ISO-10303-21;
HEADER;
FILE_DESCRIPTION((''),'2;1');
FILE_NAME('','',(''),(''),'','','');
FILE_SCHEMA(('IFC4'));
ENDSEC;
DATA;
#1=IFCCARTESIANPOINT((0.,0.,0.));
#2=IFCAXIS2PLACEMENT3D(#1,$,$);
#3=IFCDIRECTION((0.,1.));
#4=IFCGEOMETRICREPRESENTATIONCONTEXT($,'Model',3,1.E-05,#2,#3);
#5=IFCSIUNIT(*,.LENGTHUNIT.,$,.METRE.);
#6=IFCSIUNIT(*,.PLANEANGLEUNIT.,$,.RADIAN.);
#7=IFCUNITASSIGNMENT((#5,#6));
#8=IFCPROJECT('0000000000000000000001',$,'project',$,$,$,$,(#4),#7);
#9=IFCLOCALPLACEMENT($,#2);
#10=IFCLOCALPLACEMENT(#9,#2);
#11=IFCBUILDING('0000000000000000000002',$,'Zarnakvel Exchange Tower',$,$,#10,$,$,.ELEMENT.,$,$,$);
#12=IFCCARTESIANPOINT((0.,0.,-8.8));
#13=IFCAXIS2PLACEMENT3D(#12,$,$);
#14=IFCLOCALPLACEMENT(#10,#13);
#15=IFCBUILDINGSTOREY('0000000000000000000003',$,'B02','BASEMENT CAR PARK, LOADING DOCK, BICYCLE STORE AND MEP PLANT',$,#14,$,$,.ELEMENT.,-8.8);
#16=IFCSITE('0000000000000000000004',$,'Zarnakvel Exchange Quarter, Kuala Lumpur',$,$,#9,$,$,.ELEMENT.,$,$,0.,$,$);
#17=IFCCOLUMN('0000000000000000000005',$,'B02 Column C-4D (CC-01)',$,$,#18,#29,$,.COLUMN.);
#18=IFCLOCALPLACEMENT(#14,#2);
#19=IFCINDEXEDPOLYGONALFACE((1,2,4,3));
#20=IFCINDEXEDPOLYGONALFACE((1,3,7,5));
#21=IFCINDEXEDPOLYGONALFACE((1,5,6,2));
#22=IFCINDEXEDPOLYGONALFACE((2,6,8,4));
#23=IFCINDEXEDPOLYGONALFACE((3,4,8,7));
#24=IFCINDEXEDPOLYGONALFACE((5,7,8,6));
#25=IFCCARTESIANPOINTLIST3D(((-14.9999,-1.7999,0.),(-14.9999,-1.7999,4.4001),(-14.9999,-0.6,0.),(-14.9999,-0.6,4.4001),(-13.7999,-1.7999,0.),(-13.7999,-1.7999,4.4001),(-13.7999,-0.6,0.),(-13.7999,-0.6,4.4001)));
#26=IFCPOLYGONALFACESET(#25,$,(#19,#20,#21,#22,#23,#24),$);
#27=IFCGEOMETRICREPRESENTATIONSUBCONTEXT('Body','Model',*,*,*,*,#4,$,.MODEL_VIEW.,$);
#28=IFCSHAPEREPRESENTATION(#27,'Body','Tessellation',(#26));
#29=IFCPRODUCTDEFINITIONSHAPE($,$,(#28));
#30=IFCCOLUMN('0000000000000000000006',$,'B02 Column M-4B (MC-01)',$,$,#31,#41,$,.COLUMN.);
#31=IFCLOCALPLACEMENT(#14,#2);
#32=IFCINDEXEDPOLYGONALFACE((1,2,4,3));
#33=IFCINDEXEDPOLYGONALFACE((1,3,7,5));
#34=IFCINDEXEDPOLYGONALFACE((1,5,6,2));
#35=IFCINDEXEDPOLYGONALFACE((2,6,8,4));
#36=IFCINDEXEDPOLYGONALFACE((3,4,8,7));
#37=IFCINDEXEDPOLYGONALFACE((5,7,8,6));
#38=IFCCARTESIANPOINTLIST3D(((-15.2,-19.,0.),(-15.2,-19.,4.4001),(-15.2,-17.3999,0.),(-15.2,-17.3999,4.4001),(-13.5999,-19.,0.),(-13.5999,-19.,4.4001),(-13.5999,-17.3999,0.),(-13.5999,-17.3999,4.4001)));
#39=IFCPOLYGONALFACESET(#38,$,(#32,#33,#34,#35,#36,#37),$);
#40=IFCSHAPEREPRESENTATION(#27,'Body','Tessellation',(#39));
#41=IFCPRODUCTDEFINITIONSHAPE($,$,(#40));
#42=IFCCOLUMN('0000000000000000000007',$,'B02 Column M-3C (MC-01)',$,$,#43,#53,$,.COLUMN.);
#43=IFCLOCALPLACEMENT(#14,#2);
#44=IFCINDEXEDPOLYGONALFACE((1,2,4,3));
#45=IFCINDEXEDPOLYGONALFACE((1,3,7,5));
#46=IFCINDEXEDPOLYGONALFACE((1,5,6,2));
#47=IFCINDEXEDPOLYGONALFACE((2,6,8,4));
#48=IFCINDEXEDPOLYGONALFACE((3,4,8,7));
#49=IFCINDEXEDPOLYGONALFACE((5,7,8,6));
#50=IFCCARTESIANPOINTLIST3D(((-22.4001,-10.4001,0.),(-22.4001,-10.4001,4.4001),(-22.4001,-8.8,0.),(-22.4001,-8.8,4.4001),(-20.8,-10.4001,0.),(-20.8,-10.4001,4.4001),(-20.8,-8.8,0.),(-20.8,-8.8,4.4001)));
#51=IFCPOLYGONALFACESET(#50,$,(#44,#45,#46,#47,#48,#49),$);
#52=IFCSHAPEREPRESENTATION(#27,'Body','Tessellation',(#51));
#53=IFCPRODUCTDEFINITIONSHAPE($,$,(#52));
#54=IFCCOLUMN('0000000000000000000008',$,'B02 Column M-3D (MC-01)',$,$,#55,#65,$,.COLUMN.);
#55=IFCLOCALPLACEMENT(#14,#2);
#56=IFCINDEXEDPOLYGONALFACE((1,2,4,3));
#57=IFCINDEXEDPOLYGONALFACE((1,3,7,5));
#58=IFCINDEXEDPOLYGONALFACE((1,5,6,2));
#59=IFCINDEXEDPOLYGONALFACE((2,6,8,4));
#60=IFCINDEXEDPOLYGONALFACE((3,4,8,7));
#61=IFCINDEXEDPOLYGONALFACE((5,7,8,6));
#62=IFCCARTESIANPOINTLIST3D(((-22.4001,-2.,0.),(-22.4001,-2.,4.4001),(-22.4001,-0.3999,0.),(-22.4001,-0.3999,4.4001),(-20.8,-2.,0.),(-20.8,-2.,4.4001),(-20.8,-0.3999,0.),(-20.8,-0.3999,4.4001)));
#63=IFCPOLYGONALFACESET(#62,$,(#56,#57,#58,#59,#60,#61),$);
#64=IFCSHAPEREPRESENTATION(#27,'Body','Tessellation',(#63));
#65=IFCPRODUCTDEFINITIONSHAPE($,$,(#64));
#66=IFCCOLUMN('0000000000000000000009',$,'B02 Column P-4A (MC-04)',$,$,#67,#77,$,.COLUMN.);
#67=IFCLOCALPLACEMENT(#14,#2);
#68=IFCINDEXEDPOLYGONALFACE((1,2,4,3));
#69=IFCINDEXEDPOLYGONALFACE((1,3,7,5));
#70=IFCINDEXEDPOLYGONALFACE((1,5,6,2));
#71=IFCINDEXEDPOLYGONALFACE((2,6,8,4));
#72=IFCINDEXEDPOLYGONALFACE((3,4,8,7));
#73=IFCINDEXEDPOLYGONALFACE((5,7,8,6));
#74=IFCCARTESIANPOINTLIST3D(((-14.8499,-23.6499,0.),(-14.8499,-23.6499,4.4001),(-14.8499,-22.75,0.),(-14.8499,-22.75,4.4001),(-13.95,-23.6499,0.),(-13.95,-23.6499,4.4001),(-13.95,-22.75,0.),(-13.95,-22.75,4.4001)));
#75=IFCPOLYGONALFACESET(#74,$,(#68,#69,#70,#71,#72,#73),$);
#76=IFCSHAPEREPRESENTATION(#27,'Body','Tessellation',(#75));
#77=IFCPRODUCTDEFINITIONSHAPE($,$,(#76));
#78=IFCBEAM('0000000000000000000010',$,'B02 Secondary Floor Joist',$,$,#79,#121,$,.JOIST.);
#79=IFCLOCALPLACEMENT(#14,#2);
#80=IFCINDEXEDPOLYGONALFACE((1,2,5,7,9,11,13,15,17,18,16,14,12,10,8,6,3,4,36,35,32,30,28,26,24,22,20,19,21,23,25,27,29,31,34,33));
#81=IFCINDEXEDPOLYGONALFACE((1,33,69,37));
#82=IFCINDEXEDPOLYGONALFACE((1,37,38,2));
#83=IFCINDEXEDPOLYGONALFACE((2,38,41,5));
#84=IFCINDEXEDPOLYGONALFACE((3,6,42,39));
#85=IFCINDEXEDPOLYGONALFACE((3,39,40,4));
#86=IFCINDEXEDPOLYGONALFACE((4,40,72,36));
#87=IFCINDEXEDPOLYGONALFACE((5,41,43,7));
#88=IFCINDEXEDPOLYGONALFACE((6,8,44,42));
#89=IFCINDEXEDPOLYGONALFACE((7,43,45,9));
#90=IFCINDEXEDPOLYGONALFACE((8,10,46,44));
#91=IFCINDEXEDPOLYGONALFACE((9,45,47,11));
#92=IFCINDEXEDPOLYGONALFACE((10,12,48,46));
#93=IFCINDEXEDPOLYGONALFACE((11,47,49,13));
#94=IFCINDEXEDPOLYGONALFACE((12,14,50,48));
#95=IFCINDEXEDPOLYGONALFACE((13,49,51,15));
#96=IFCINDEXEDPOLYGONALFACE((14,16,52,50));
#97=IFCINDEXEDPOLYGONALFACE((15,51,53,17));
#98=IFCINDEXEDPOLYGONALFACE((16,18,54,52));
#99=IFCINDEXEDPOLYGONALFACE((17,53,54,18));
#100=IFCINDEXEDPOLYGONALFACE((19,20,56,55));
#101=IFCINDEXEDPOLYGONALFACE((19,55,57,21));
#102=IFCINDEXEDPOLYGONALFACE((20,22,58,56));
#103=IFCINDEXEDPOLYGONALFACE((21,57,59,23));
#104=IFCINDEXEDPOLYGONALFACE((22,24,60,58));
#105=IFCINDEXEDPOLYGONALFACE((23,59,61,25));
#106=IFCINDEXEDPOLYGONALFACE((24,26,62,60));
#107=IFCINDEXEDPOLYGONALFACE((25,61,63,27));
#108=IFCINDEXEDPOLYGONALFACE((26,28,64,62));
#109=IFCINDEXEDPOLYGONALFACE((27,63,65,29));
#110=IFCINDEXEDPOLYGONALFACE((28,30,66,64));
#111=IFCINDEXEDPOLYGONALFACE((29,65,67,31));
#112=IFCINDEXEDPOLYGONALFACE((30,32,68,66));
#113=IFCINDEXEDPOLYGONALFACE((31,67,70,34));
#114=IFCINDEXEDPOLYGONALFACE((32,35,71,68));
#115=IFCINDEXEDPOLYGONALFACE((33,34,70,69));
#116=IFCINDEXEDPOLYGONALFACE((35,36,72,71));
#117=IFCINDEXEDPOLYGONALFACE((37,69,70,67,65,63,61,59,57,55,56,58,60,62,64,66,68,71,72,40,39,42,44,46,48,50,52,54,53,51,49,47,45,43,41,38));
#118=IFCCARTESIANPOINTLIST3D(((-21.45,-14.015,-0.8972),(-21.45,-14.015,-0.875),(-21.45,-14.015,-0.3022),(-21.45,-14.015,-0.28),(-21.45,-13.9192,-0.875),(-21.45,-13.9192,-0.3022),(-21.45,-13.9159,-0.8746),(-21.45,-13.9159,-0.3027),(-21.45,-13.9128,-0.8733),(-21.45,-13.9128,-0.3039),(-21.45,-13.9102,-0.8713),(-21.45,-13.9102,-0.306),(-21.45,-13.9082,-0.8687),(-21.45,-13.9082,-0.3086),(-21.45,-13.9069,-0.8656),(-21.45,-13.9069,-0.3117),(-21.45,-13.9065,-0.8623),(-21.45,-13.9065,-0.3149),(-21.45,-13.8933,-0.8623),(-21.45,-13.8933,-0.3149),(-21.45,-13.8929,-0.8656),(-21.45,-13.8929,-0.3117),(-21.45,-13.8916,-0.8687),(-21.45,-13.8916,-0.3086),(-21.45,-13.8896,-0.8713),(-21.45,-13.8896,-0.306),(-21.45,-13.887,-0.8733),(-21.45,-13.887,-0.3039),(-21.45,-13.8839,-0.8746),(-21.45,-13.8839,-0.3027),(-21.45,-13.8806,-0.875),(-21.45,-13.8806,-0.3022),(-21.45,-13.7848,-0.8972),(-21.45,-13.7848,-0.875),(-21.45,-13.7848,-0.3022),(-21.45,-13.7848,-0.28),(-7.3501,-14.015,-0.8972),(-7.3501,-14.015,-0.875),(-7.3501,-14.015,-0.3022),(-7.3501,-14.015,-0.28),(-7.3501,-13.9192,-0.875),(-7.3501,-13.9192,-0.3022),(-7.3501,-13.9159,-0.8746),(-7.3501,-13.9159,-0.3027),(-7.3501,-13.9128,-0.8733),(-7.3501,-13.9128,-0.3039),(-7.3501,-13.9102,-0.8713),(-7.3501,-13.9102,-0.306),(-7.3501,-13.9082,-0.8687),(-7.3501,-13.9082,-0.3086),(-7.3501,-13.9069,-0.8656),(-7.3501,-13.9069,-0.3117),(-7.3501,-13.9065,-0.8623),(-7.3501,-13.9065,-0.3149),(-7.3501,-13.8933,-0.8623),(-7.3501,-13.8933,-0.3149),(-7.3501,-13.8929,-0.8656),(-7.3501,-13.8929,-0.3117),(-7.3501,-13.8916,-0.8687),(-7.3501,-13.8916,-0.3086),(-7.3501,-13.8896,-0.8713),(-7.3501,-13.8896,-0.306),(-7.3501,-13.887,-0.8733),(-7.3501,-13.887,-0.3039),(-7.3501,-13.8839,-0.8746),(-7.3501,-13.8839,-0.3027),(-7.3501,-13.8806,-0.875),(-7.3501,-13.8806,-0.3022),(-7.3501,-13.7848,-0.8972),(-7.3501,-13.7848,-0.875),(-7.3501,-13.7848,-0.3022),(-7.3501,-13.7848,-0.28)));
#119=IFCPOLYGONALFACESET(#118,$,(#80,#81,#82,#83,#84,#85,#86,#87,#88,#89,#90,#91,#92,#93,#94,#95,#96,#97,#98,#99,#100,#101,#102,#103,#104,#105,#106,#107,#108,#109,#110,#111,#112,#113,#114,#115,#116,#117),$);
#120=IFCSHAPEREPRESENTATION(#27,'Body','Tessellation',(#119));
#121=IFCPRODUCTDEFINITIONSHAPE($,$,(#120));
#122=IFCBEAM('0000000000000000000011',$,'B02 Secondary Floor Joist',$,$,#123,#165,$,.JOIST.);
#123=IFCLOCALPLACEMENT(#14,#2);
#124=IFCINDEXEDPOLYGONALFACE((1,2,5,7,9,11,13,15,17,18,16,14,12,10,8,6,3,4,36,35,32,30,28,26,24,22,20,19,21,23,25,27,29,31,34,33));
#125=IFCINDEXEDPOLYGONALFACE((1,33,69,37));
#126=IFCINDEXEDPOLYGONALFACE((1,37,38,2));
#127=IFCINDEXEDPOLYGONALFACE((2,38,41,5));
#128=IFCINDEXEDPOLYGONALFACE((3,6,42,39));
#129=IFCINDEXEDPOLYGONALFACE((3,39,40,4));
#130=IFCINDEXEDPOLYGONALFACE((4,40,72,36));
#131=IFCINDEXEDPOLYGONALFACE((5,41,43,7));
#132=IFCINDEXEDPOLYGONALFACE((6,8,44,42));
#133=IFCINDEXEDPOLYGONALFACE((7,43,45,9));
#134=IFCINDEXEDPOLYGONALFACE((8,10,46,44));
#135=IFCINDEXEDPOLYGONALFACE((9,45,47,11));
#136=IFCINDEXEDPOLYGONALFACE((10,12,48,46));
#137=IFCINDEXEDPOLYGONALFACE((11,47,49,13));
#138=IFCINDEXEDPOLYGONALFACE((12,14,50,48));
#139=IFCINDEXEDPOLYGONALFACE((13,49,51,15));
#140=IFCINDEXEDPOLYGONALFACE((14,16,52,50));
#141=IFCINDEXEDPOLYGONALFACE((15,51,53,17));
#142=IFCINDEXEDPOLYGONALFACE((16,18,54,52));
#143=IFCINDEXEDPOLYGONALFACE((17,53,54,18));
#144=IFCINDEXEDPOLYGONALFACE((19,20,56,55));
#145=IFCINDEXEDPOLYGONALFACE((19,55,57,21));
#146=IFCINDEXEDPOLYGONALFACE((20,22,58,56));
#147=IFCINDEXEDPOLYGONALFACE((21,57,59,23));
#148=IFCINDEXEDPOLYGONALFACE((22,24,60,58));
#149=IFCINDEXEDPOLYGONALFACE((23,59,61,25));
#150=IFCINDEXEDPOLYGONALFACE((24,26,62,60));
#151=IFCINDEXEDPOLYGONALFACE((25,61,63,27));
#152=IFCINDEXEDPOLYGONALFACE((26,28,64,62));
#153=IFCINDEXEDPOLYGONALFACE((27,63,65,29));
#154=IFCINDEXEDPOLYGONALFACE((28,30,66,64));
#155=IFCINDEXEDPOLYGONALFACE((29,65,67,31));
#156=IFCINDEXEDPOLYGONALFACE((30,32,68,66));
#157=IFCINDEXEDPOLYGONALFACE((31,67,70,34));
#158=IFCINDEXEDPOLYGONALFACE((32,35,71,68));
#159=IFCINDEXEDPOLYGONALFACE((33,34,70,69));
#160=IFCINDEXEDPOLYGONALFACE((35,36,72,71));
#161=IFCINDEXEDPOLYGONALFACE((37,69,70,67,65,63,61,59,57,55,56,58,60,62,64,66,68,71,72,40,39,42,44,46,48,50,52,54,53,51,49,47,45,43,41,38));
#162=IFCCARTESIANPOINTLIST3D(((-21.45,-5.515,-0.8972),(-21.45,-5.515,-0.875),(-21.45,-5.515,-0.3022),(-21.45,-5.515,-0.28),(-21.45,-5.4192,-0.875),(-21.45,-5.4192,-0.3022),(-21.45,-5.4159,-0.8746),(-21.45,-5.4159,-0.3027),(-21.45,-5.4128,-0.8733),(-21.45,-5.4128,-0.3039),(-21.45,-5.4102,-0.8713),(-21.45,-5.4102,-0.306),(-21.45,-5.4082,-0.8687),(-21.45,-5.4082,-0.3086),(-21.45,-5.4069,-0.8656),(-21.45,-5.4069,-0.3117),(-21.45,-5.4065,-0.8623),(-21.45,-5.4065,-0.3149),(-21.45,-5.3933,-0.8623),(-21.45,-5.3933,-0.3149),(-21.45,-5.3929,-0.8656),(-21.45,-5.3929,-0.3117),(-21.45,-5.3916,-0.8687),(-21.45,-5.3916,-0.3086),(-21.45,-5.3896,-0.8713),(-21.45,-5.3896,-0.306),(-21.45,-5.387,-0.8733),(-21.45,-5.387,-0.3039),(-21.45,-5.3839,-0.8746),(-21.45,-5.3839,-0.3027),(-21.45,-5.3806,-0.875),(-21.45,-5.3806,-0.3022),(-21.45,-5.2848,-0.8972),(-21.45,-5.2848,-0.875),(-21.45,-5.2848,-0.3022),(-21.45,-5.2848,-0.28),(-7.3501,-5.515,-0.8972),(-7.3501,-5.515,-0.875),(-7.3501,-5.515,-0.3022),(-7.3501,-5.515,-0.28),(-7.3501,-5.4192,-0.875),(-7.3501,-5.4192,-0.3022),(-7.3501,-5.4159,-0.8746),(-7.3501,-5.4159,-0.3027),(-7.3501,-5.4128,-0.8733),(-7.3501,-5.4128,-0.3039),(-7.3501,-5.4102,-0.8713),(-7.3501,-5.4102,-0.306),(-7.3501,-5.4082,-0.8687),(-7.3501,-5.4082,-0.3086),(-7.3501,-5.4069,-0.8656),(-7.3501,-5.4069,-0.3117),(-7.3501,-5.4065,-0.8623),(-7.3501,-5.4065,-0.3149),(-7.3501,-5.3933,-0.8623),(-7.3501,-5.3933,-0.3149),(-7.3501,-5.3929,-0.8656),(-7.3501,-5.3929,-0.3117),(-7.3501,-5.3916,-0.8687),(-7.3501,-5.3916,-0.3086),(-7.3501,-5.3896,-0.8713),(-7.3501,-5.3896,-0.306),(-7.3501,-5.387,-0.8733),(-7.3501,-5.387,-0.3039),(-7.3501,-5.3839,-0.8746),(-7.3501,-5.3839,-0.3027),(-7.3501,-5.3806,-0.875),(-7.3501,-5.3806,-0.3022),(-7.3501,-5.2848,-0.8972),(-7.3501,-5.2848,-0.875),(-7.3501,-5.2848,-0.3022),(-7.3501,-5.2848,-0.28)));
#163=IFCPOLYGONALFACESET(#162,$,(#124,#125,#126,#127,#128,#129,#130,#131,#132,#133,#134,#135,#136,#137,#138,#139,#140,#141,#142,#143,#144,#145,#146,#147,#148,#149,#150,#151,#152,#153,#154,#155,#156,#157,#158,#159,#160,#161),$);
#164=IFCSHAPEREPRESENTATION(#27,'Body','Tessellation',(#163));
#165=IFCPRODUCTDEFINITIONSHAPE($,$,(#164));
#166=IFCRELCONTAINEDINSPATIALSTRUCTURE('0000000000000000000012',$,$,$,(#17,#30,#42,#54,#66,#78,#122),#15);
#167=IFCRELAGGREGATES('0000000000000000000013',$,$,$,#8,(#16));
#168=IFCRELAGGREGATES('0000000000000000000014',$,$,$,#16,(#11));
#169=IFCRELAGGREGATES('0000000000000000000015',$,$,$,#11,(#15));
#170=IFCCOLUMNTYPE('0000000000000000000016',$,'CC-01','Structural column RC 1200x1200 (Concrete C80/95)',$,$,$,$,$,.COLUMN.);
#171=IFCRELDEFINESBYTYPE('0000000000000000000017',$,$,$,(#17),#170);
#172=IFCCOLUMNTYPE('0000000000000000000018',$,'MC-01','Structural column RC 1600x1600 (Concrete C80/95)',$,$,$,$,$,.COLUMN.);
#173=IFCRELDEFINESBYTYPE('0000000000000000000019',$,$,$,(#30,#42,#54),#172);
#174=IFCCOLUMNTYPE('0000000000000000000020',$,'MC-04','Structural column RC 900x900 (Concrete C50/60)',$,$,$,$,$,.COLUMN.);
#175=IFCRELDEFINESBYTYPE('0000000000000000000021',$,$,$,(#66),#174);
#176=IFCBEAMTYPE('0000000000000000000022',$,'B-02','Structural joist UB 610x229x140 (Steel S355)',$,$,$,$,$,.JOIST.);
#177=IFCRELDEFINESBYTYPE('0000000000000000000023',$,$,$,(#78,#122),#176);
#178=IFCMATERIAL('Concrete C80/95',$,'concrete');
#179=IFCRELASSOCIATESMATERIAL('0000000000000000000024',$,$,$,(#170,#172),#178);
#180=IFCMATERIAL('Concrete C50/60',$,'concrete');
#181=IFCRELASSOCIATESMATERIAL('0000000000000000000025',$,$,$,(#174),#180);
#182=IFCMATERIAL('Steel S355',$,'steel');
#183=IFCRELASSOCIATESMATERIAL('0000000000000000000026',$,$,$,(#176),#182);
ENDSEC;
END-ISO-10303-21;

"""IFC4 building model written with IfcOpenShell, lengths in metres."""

from ifc_helpers import new_model, si_unit, direction, frame, origin, origin_2d, place, context, subcontext, project, spatial, rectangle, i_section, extrude, material, material_profile, profile_set, type_object, element, save


model = new_model("IFC4")

# Units and contexts
model_context = context("Model", 3, precision=1e-05, world=origin(), true_north=direction((0.0, 1.0)))
body_context = subcontext(model_context, "Body", "Model", "MODEL_VIEW")
ifc_project = project(units=[si_unit("LENGTHUNIT", "METRE"), si_unit("PLANEANGLEUNIT", "RADIAN")], contexts=[model_context])

# Site, building, storey
site_placement = place(None, origin())
site = spatial("IfcSite", under=ifc_project, at=site_placement, Name="Zarnakvel Exchange Quarter, Kuala Lumpur", CompositionType="ELEMENT", RefElevation=0.0)
building_placement = place(site_placement, origin())
building = spatial("IfcBuilding", under=site, at=building_placement, Name="Zarnakvel Exchange Tower", CompositionType="ELEMENT")
storey_placement = place(building_placement, frame((0.0, 0.0, -8.8)))
storey = spatial("IfcBuildingStorey", under=building, at=storey_placement, Name="B02", Description="BASEMENT CAR PARK, LOADING DOCK, BICYCLE STORE AND MEP PLANT", CompositionType="ELEMENT", Elevation=-8.8)

# Columns
ifc_material_1 = material(Name="Concrete C80/95", Category="concrete")
ifc_material_profile_1 = material_profile(ifc_material_1, rectangle(XDim=1.2, YDim=1.2, at=origin_2d()))
ifc_profile_set_1 = profile_set([ifc_material_profile_1], Name="Concrete C80/95")
column_type_1 = type_object("IfcColumnType", Name="CC-01", Description="Structural column RC 1200x1200 (Concrete C80/95)", PredefinedType="COLUMN", material=ifc_profile_set_1)
column_1_placement = place(storey_placement, frame((-14.3999, -1.2, 0.0), z_axis=(0.0, 0.0, 1.0), x_axis=(1.0, 0.0, 0.0)))
element("IfcColumn", 1, at=column_1_placement, inside=storey, type_object=column_type_1, Name="B02 Column C-4D (CC-01)", PredefinedType="COLUMN", context=body_context, shape_type="SweptSolid", body=[
    extrude(rectangle(XDim=1.2, YDim=1.2, at=origin_2d()), origin(), (0.0, 0.0, 1.0), 4.4001),
])
ifc_material_profile_2 = material_profile(ifc_material_1, rectangle(XDim=1.6001, YDim=1.6001, at=origin_2d()))
ifc_profile_set_2 = profile_set([ifc_material_profile_2], Name="Concrete C80/95")
column_type_2 = type_object("IfcColumnType", Name="MC-01", Description="Structural column RC 1600x1600 (Concrete C80/95)", PredefinedType="COLUMN", material=ifc_profile_set_2)
for number, where, z_axis, x_axis, name in (
    (2, (-14.3999, -18.2, 0.0), (0.0, 0.0, 1.0), (1.0, 0.0, 0.0), "B02 Column M-4B (MC-01)"),
    (3, (-21.6001, -9.6001, 0.0), (0.0, 0.0, 1.0), (1.0, 0.0, 0.0), "B02 Column M-3C (MC-01)"),
    (4, (-21.6001, -1.2, 0.0), (0.0, 0.0, 1.0), (1.0, 0.0, 0.0), "B02 Column M-3D (MC-01)"),
):
    element("IfcColumn", number, at=place(storey_placement, frame(where, z_axis=z_axis, x_axis=x_axis)), inside=storey, type_object=column_type_2, Name=name, PredefinedType="COLUMN", context=body_context, shape_type="SweptSolid", body=[
        extrude(rectangle(XDim=1.6001, YDim=1.6001, at=origin_2d()), origin(), (0.0, 0.0, 1.0), 4.4001),
    ])
ifc_material_2 = material(Name="Concrete C50/60", Category="concrete")
ifc_material_profile_3 = material_profile(ifc_material_2, rectangle(XDim=0.8999, YDim=0.8999, at=origin_2d()))
ifc_profile_set_3 = profile_set([ifc_material_profile_3], Name="Concrete C50/60")
column_type_3 = type_object("IfcColumnType", Name="MC-04", Description="Structural column RC 900x900 (Concrete C50/60)", PredefinedType="COLUMN", material=ifc_profile_set_3)
column_2_placement = place(storey_placement, frame((-14.3999, -23.2, 0.0), z_axis=(0.0, 0.0, 1.0), x_axis=(1.0, 0.0, 0.0)))
element("IfcColumn", 5, at=column_2_placement, inside=storey, type_object=column_type_3, Name="B02 Column P-4A (MC-04)", PredefinedType="COLUMN", context=body_context, shape_type="SweptSolid", body=[
    extrude(rectangle(XDim=0.8999, YDim=0.8999, at=origin_2d()), origin(), (0.0, 0.0, 1.0), 4.4001),
])

# Beams
ifc_material_3 = material(Name="Steel S355", Category="steel")
ifc_material_profile_4 = material_profile(ifc_material_3, i_section(OverallWidth=0.2302, OverallDepth=0.6172, WebThickness=0.0132, FlangeThickness=0.0222, FilletRadius=0.0127, at=origin_2d()))
ifc_profile_set_4 = profile_set([ifc_material_profile_4], Name="Steel S355")
beam_type_1 = type_object("IfcBeamType", Name="B-02", Description="Structural joist UB 610x229x140 (Steel S355)", PredefinedType="JOIST", material=ifc_profile_set_4)
for number, where, z_axis, x_axis, name in (
    (6, (-21.45, -13.8999, -0.5886), (1.0, 0.0, 0.0), (0.0, 1.0, 0.0), "B02 Secondary Floor Joist"),
    (7, (-21.45, -5.3999, -0.5886), (1.0, 0.0, 0.0), (0.0, 1.0, 0.0), "B02 Secondary Floor Joist"),
):
    element("IfcBeam", number, at=place(storey_placement, frame(where, z_axis=z_axis, x_axis=x_axis)), inside=storey, type_object=beam_type_1, Name=name, PredefinedType="JOIST", context=body_context, shape_type="SweptSolid", body=[
        extrude(i_section(OverallWidth=0.2302, OverallDepth=0.6172, WebThickness=0.0132, FlangeThickness=0.0222, FilletRadius=0.0127, at=origin_2d()), origin(), (0.0, 0.0, 1.0), 14.0999),
    ])

save(model, "model.ifc")
